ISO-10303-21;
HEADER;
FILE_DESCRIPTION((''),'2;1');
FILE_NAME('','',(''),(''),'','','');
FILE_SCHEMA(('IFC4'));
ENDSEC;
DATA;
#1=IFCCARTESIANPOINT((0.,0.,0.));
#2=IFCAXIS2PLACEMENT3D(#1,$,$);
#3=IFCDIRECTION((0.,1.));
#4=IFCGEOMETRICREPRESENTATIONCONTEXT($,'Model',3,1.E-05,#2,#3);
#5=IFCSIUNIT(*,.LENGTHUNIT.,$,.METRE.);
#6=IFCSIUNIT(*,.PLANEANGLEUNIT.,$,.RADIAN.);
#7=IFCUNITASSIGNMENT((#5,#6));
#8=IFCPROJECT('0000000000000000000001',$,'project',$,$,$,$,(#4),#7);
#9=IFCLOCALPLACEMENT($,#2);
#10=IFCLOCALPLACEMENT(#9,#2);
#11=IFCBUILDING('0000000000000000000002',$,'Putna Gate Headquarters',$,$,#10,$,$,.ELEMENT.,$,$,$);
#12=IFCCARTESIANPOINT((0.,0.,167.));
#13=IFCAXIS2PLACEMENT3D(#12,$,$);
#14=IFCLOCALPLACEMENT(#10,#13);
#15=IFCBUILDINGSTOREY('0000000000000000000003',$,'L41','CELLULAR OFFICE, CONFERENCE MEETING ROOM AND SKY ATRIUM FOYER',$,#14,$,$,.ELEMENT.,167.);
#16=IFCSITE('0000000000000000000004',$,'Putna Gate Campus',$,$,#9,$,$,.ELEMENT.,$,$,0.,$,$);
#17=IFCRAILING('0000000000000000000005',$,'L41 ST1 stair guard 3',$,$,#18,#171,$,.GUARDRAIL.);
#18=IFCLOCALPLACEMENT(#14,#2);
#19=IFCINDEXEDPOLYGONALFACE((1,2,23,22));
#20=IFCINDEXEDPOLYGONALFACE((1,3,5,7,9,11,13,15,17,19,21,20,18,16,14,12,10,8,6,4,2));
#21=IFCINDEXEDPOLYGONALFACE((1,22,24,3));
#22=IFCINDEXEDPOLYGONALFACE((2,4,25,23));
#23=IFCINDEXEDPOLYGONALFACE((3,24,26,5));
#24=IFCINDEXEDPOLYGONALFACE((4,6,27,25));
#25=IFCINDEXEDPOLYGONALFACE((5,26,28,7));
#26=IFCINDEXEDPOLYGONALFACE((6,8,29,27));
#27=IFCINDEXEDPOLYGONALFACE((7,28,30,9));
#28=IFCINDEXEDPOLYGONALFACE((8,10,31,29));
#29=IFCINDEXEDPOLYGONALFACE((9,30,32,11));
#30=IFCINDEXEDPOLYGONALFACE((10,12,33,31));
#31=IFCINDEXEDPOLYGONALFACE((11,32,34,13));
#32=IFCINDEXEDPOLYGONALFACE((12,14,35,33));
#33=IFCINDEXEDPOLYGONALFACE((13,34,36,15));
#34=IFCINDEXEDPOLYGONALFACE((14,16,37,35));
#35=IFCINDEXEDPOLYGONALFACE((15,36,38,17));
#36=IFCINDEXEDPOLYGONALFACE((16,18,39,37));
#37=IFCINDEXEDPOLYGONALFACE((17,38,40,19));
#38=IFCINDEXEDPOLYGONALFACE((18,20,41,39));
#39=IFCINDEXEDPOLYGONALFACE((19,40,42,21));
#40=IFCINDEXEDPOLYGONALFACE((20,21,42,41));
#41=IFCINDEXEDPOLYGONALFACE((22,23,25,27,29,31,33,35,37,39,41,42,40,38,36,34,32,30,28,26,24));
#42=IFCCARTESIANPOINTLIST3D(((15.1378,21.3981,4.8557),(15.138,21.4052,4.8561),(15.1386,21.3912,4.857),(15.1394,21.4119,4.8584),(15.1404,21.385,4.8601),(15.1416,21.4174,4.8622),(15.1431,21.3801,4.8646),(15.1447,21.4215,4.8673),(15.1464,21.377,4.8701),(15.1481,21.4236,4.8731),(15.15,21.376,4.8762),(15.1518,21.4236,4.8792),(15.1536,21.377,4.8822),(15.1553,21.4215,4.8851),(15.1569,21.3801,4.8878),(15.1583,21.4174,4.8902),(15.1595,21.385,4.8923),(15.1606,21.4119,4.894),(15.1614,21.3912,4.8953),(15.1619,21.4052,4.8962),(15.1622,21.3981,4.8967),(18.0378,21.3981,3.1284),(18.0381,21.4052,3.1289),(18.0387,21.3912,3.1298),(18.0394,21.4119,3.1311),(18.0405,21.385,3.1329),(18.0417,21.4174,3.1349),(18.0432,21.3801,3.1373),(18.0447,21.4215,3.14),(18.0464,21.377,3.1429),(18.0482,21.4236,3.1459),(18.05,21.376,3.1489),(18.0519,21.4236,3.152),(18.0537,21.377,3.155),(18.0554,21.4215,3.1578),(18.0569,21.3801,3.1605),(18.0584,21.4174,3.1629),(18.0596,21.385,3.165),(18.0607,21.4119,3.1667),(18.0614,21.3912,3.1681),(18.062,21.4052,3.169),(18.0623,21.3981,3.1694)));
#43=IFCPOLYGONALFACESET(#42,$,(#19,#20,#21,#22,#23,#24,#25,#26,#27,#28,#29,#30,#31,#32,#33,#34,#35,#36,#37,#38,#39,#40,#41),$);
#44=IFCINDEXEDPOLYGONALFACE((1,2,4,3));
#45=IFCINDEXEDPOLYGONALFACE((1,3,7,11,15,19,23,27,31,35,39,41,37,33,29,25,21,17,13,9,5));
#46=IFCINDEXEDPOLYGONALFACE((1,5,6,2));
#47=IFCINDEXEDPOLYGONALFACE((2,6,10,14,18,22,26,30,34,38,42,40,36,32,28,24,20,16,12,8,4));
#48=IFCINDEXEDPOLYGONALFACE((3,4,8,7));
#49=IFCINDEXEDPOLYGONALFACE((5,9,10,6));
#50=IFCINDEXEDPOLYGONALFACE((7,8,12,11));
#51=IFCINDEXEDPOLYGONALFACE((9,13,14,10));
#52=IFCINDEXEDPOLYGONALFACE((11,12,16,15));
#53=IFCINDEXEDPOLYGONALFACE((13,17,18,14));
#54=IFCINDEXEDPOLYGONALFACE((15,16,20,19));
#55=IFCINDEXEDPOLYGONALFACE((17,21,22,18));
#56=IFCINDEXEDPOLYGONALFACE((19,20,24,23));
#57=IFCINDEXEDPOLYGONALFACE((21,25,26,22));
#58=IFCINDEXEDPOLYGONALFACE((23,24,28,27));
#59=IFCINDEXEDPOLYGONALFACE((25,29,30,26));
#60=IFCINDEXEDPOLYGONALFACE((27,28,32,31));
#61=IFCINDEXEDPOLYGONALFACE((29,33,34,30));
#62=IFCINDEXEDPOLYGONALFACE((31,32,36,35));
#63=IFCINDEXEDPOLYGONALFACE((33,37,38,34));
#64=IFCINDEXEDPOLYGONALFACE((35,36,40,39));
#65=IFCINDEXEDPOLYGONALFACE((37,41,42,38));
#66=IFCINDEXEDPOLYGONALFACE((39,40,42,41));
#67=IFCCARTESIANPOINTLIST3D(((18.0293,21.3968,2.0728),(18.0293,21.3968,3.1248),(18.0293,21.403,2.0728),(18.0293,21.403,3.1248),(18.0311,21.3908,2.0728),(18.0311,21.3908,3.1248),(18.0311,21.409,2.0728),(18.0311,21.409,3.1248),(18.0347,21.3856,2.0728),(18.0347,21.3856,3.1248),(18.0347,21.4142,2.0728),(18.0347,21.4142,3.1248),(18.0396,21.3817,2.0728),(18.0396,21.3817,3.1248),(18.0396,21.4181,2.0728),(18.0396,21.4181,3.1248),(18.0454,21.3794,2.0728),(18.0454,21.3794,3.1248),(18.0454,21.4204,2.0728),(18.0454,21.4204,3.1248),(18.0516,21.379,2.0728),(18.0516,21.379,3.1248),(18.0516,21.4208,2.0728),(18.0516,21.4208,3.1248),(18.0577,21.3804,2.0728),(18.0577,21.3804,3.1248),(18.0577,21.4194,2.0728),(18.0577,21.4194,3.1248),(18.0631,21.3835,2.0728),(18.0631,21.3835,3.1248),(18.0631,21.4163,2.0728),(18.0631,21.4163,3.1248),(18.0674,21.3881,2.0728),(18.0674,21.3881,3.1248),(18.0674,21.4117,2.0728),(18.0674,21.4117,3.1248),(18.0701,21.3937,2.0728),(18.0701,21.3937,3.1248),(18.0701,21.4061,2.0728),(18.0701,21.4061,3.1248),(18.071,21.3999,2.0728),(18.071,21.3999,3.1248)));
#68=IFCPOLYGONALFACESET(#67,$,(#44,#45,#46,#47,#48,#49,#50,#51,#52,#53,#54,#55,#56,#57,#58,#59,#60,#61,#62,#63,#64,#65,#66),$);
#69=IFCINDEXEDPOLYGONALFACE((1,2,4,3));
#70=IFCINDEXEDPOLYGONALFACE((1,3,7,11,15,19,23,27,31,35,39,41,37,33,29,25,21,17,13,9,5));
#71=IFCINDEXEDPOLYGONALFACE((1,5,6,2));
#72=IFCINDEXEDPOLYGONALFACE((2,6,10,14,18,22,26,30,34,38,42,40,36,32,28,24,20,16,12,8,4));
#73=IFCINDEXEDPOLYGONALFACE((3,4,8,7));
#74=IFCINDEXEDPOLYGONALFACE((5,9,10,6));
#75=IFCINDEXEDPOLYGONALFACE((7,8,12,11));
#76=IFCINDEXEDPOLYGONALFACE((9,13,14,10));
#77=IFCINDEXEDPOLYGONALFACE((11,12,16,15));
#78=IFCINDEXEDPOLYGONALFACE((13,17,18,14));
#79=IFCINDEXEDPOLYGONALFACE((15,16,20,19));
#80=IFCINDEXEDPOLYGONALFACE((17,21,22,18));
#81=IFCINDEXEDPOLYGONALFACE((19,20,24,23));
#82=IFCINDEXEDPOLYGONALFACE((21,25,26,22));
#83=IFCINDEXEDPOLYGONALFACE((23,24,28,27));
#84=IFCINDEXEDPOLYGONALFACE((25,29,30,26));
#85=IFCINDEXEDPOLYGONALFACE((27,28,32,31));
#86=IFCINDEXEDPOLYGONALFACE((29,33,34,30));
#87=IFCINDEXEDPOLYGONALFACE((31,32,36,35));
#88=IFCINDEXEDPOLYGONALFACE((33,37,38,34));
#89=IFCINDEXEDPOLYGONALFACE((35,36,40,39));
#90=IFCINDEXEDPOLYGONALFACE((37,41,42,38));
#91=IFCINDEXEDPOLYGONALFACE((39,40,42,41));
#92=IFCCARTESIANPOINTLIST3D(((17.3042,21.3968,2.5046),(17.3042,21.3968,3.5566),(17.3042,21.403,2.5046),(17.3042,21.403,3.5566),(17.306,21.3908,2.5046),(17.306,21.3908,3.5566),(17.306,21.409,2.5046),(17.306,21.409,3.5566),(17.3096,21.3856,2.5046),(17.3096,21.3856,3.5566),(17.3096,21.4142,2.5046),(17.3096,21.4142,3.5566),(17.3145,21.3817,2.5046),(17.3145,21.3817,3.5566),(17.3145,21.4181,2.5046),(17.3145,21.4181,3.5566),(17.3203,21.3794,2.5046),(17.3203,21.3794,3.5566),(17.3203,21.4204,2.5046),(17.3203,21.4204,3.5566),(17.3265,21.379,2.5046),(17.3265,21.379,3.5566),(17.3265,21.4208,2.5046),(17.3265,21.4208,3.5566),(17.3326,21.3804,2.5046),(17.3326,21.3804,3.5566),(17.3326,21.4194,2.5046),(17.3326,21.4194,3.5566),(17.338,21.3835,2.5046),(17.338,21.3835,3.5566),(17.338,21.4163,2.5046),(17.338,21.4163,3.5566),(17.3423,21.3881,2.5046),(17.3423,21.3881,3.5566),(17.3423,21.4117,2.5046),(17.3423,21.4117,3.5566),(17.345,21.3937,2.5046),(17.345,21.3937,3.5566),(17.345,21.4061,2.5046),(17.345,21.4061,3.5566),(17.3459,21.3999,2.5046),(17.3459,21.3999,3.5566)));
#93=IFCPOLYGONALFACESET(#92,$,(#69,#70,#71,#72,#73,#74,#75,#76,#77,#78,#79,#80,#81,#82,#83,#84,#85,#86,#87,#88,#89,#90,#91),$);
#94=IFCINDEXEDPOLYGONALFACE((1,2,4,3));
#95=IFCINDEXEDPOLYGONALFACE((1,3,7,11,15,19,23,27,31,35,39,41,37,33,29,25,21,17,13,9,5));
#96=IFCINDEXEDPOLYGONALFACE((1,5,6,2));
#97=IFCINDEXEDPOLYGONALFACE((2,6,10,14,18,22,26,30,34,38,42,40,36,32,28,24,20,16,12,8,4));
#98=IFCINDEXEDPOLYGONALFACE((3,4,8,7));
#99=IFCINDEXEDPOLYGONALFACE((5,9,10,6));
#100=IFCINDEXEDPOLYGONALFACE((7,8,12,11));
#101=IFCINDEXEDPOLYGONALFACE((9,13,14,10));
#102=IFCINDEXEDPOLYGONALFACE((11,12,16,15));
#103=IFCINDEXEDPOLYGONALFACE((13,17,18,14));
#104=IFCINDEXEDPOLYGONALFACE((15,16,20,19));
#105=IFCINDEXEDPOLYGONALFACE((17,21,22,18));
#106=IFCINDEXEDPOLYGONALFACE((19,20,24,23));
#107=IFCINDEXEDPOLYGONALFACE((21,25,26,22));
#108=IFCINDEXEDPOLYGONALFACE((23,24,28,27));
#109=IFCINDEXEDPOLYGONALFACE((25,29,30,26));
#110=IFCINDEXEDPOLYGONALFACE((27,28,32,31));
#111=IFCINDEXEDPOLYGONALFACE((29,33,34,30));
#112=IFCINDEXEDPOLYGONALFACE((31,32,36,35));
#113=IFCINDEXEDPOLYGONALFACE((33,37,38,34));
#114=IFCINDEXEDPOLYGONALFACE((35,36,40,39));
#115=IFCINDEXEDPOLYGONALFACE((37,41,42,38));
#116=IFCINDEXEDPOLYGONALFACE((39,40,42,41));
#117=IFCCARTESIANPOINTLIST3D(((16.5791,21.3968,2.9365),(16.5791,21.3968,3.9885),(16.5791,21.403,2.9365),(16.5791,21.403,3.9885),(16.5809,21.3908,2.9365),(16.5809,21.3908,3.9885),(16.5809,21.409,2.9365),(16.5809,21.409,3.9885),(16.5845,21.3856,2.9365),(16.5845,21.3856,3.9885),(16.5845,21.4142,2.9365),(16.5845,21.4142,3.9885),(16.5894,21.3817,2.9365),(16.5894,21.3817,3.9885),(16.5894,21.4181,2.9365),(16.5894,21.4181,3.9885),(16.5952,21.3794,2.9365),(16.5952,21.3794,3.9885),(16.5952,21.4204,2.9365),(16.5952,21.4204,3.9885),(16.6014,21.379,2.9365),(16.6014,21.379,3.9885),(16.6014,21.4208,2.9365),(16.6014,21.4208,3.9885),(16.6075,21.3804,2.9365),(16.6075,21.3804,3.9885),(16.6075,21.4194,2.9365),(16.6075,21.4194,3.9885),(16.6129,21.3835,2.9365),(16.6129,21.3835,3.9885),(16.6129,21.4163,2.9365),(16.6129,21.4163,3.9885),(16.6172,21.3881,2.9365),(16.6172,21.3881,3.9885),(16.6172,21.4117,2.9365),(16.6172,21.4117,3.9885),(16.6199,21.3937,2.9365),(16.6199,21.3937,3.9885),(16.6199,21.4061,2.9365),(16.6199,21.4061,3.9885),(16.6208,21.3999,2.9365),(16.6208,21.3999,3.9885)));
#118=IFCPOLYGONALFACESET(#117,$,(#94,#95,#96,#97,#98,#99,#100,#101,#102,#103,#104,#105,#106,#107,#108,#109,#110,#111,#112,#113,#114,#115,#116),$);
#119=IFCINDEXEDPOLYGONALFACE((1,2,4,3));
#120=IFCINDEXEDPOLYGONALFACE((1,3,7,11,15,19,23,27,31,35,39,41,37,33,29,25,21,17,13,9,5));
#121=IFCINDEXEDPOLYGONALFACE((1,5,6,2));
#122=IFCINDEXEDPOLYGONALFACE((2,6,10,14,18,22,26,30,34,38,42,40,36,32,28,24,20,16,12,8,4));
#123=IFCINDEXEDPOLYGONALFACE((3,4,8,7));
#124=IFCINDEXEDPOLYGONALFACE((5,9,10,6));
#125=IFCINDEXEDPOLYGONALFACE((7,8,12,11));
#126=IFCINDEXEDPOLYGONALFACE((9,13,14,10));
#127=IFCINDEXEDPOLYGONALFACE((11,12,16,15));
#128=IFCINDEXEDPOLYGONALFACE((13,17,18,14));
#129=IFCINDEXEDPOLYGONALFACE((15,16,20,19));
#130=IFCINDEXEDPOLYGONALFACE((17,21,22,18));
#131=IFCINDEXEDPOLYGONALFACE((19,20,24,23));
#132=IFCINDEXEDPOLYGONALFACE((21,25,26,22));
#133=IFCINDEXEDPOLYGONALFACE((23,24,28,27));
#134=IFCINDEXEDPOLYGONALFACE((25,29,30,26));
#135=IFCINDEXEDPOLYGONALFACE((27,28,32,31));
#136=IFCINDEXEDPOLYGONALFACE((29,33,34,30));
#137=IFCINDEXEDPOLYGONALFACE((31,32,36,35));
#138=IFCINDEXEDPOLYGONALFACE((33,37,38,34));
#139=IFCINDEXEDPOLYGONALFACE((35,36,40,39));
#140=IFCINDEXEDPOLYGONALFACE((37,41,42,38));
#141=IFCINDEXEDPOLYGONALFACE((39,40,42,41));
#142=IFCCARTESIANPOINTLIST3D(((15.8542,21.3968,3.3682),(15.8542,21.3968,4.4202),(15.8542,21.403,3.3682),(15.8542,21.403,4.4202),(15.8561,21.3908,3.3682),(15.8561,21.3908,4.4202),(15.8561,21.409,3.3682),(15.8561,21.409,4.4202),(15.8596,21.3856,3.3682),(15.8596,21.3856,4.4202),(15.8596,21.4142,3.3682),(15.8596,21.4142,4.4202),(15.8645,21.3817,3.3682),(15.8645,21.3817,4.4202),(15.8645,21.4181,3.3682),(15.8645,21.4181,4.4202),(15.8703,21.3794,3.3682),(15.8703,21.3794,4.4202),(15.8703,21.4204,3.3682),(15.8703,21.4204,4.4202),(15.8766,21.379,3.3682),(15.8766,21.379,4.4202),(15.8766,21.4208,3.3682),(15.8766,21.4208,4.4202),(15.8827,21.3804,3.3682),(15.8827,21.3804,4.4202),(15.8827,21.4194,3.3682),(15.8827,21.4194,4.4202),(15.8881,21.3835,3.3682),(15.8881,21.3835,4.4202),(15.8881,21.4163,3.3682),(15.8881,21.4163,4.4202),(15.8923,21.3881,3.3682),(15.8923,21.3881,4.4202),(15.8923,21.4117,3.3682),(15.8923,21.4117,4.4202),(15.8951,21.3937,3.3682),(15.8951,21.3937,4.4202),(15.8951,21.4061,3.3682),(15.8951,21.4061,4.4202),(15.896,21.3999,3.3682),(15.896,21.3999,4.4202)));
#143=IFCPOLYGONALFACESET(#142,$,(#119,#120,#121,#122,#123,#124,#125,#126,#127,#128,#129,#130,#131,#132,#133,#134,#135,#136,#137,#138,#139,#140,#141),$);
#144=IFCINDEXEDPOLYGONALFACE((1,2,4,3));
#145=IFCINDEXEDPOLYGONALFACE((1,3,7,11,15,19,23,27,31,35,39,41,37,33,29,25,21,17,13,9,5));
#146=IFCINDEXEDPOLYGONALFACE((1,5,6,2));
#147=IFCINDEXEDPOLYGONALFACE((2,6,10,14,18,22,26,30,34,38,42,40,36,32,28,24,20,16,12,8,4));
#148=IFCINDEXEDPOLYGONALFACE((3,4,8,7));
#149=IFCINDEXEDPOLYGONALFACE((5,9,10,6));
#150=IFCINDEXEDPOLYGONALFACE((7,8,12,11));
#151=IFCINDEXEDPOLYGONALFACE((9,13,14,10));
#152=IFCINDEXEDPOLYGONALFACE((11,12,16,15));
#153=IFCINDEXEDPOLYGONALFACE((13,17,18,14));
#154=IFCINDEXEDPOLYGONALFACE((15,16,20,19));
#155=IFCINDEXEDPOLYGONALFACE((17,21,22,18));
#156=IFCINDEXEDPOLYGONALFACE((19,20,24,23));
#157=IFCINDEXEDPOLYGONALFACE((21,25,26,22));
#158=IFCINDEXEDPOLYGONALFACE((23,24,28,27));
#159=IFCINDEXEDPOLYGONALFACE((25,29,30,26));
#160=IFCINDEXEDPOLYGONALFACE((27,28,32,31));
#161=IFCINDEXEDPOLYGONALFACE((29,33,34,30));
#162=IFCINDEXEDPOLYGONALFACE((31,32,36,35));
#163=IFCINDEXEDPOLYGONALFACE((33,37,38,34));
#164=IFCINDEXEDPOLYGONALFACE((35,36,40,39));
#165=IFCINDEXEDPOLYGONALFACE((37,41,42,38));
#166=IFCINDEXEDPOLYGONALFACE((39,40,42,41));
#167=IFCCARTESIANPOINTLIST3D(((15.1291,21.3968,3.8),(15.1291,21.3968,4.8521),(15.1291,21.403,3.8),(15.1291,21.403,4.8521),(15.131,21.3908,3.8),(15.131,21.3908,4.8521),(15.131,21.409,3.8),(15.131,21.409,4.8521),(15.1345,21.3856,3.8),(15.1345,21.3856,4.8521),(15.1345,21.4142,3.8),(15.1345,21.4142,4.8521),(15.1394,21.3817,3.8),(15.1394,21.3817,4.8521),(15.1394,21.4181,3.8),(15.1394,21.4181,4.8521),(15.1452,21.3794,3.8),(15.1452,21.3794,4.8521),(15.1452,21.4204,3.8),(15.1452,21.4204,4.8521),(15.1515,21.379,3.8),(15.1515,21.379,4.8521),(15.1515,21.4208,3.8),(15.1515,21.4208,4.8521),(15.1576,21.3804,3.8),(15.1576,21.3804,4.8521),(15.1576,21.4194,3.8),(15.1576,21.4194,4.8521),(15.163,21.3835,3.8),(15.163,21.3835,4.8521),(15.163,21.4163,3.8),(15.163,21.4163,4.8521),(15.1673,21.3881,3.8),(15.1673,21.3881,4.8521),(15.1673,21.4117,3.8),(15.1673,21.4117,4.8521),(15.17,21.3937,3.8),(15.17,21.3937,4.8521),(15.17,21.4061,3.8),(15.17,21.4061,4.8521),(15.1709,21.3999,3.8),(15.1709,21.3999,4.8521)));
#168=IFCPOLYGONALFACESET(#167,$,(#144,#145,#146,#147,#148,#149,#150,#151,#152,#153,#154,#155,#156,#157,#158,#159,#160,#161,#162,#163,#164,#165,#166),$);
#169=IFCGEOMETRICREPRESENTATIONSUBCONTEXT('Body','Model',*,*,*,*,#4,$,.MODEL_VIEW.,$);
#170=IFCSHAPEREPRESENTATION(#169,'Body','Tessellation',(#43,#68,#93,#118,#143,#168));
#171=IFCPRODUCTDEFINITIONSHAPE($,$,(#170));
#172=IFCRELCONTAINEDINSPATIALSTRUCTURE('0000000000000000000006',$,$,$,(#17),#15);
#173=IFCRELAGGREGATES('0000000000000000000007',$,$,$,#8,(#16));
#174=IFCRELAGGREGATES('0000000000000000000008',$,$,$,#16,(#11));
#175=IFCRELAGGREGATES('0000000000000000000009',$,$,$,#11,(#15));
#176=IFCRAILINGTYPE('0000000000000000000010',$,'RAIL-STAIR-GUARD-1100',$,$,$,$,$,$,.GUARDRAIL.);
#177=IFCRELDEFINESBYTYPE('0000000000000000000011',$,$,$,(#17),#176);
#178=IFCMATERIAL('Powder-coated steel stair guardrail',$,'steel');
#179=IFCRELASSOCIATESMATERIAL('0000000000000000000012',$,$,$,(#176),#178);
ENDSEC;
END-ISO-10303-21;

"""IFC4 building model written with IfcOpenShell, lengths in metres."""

from ifc_helpers import new_model, si_unit, direction, frame, origin, origin_2d, place, context, subcontext, project, spatial, circle, extrude, material, type_object, element, save


model = new_model("IFC4")

# Units and contexts
model_context = context("Model", 3, precision=1e-05, world=origin(), true_north=direction((0.0, 1.0)))
body_context = subcontext(model_context, "Body", "Model", "MODEL_VIEW")
ifc_project = project(units=[si_unit("LENGTHUNIT", "METRE"), si_unit("PLANEANGLEUNIT", "RADIAN")], contexts=[model_context])

# Site, building, storey
site_placement = place(None, origin())
site = spatial("IfcSite", under=ifc_project, at=site_placement, Name="Putna Gate Campus", CompositionType="ELEMENT", RefElevation=0.0)
building_placement = place(site_placement, origin())
building = spatial("IfcBuilding", under=site, at=building_placement, Name="Putna Gate Headquarters", CompositionType="ELEMENT")
storey_placement = place(building_placement, frame((0.0, 0.0, 167.0)))
storey = spatial("IfcBuildingStorey", under=building, at=storey_placement, Name="L41", Description="CELLULAR OFFICE, CONFERENCE MEETING ROOM AND SKY ATRIUM FOYER", CompositionType="ELEMENT", Elevation=167.0)

# Railing
ifc_material_1 = material(Name="Powder-coated steel stair guardrail", Category="steel")
railing_type_1 = type_object("IfcRailingType", Name="RAIL-STAIR-GUARD-1100", PredefinedType="GUARDRAIL", material=ifc_material_1)
railing_1_placement = place(storey_placement, frame((18.05, 21.3999, 2.0728)))
element("IfcRailing", 1, at=railing_1_placement, inside=storey, type_object=railing_type_1, Name="L41 ST1 stair guard 3", PredefinedType="GUARDRAIL", context=body_context, shape_type="SweptSolid", body=[
    extrude(circle(Radius=0.0239, at=origin_2d()), frame((0.0, 0.0, 1.0762), z_axis=(-0.85916, 0.0, 0.511706), x_axis=(0.0, -1.0, 0.0)), (0.0, 0.0, 1.0), 3.3755),
    extrude(circle(Radius=0.021, at=origin_2d()), origin(), (0.0, 0.0, 1.0), 1.052),
    extrude(circle(Radius=0.021, at=origin_2d()), frame((-0.7251, 0.0, 0.4319)), (0.0, 0.0, 1.0), 1.052),
    extrude(circle(Radius=0.021, at=origin_2d()), frame((-1.4502, 0.0, 0.8638)), (0.0, 0.0, 1.0), 1.052),
    extrude(circle(Radius=0.021, at=origin_2d()), frame((-2.175, 0.0, 1.2954)), (0.0, 0.0, 1.0), 1.052),
    extrude(circle(Radius=0.021, at=origin_2d()), frame((-2.9001, 0.0, 1.7273)), (0.0, 0.0, 1.0), 1.052),
])

save(model, "model.ifc")
